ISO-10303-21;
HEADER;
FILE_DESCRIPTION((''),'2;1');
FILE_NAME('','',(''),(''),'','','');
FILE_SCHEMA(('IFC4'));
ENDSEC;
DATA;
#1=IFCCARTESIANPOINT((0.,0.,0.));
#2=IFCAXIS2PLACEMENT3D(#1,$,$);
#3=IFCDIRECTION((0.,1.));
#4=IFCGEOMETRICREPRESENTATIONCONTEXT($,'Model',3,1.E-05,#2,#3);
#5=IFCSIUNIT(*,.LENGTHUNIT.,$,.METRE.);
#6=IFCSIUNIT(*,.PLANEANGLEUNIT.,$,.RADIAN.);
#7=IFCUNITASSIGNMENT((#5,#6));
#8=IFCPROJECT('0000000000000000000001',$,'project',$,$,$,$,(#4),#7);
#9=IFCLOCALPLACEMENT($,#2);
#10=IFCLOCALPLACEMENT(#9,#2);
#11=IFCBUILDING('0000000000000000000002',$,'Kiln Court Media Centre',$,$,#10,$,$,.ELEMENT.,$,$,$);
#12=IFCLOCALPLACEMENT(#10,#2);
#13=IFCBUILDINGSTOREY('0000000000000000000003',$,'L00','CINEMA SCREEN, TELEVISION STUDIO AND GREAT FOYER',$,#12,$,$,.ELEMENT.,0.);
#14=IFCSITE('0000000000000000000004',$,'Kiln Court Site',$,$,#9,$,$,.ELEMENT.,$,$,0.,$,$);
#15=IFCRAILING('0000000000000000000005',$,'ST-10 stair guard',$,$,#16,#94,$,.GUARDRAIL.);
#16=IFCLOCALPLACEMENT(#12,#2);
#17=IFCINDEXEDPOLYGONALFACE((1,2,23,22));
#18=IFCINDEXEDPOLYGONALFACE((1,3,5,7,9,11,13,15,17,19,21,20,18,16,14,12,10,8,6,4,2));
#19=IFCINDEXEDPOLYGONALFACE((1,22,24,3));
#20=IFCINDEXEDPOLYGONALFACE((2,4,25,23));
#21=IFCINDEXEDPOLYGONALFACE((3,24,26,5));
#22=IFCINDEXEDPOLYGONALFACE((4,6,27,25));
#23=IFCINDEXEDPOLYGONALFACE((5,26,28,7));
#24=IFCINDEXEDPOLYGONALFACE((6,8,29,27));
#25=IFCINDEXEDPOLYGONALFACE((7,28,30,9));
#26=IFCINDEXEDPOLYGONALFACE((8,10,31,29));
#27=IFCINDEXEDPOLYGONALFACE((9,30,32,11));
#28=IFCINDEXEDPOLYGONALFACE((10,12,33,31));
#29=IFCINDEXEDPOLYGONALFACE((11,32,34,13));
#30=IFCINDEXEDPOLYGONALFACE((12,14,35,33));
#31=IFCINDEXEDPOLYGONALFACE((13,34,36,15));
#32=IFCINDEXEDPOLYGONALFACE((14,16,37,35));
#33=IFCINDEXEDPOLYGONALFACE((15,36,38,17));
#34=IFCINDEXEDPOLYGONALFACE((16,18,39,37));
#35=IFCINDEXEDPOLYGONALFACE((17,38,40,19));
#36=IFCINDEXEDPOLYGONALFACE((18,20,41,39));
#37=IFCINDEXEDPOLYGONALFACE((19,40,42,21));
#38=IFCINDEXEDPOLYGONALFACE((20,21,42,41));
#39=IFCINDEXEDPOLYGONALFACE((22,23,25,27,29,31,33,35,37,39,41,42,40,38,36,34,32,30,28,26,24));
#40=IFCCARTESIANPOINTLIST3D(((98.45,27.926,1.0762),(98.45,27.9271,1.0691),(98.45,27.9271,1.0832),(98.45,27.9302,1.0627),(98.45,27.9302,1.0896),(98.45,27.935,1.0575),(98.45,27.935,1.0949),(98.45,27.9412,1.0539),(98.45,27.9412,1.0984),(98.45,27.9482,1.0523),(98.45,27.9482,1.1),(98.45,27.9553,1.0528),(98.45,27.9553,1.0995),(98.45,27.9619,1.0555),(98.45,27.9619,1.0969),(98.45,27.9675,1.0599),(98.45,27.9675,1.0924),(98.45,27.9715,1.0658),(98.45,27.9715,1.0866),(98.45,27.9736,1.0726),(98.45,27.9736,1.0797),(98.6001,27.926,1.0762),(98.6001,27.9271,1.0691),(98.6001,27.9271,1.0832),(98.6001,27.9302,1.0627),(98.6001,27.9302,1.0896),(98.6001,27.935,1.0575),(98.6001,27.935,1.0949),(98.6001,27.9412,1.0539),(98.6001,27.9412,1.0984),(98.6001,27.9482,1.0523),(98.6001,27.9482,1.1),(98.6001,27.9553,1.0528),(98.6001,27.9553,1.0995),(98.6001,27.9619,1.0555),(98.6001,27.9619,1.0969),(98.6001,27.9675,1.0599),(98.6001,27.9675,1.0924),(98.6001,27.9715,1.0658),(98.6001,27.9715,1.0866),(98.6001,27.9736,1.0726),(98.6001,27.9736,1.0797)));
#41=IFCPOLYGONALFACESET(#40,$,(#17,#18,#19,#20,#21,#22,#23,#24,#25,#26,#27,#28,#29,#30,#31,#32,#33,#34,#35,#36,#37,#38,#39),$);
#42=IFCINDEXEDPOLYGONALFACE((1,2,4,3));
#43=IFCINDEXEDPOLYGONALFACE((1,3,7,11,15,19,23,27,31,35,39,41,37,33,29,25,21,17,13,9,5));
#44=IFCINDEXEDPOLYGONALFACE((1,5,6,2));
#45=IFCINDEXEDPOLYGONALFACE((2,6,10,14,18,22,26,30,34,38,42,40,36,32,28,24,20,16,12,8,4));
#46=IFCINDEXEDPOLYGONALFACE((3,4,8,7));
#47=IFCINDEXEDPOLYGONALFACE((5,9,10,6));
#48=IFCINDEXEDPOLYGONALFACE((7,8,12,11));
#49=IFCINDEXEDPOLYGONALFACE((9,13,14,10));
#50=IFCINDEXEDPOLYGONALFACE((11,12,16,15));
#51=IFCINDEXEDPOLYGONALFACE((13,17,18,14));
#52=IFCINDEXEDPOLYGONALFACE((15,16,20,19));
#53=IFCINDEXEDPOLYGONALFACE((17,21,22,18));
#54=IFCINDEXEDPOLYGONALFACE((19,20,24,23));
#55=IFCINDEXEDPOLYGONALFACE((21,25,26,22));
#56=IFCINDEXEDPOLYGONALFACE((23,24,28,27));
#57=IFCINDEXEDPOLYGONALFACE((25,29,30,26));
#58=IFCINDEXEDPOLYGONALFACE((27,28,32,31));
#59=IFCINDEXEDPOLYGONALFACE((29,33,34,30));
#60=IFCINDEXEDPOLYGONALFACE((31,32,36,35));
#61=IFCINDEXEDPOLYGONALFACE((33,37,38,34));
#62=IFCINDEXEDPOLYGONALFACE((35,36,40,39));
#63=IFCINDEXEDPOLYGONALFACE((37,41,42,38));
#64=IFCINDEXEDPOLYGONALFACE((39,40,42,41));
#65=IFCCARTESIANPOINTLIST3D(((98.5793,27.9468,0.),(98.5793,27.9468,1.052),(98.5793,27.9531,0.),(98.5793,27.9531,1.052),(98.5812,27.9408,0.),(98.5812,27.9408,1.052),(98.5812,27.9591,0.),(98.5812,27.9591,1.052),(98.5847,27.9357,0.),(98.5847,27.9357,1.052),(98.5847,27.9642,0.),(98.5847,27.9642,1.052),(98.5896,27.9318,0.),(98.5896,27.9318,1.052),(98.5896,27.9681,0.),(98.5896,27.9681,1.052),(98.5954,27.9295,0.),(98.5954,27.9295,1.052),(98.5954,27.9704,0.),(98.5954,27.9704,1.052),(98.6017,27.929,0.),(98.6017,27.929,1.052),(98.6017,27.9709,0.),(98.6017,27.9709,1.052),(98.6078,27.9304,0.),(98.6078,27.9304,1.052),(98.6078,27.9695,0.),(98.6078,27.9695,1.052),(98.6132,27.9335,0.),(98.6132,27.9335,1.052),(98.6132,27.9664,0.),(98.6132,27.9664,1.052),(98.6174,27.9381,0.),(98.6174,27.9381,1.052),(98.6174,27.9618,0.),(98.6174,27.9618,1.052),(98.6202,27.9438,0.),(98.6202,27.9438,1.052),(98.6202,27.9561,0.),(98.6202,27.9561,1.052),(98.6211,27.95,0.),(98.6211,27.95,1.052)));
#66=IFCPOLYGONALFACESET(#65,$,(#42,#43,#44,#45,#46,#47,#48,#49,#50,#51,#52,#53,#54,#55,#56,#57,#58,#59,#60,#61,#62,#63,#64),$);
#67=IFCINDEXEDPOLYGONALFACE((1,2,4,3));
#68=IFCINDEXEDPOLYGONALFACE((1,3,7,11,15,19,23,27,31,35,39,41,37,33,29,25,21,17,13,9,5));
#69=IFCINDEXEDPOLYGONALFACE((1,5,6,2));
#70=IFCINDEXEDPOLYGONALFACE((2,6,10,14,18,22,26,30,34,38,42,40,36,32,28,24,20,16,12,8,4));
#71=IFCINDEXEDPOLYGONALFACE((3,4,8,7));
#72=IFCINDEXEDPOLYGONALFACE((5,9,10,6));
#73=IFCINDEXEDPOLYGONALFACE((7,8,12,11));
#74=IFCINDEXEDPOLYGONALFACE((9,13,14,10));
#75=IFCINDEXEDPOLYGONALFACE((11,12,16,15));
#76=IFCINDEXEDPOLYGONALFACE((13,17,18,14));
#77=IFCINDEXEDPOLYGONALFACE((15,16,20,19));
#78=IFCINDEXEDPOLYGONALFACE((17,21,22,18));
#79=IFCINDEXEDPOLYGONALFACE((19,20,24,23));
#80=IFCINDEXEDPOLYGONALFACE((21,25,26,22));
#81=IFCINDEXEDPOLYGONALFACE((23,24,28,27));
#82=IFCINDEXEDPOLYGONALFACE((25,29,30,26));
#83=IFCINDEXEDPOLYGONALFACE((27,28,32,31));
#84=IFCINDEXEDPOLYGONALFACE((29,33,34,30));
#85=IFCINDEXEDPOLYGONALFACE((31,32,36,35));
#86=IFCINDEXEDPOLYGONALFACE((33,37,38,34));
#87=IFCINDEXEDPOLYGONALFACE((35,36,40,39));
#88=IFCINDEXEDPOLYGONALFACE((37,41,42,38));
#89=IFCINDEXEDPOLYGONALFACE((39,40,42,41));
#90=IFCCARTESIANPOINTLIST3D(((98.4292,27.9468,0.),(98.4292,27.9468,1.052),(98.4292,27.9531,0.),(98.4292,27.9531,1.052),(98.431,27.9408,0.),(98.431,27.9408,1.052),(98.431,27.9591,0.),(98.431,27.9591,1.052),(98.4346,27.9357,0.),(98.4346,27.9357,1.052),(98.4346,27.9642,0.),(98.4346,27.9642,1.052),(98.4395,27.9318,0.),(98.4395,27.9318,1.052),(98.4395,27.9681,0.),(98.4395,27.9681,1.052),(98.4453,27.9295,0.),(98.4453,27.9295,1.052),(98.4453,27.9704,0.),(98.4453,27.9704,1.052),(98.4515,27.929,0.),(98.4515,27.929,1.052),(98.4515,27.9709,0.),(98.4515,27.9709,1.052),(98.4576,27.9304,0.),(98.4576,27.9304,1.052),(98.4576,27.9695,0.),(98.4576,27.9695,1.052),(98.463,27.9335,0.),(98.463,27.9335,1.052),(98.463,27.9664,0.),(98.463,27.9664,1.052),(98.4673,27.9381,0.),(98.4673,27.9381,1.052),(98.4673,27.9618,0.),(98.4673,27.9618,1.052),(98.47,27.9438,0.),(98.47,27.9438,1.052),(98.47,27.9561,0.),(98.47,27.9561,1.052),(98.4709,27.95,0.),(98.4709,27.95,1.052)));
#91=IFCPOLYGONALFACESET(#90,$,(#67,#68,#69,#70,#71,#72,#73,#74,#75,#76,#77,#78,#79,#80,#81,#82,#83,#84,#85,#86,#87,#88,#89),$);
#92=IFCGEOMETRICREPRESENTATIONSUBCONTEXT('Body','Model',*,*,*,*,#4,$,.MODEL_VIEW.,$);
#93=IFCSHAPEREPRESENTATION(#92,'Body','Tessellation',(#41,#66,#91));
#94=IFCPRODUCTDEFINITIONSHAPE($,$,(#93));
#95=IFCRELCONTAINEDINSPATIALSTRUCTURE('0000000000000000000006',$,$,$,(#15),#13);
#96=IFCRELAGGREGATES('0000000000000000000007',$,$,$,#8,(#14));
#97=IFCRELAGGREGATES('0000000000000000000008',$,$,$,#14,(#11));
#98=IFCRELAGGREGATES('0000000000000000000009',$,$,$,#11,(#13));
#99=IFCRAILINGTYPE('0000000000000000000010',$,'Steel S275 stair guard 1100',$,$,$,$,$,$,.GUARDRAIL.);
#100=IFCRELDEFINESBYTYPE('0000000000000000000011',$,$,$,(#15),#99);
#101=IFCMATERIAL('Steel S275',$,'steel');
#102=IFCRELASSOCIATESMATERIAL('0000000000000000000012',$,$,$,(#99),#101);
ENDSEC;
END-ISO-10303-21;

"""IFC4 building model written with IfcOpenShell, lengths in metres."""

from ifc_helpers import new_model, si_unit, direction, frame, origin, origin_2d, place, context, subcontext, project, spatial, circle, extrude, material, type_object, element, save


model = new_model("IFC4")

# Units and contexts
model_context = context("Model", 3, precision=1e-05, world=origin(), true_north=direction((0.0, 1.0)))
body_context = subcontext(model_context, "Body", "Model", "MODEL_VIEW")
ifc_project = project(units=[si_unit("LENGTHUNIT", "METRE"), si_unit("PLANEANGLEUNIT", "RADIAN")], contexts=[model_context])

# Site, building, storey
site_placement = place(None, origin())
site = spatial("IfcSite", under=ifc_project, at=site_placement, Name="Kiln Court Site", CompositionType="ELEMENT", RefElevation=0.0)
building_placement = place(site_placement, origin())
building = spatial("IfcBuilding", under=site, at=building_placement, Name="Kiln Court Media Centre", CompositionType="ELEMENT")
storey_placement = place(building_placement, origin())
storey = spatial("IfcBuildingStorey", under=building, at=storey_placement, Name="L00", Description="CINEMA SCREEN, TELEVISION STUDIO AND GREAT FOYER", CompositionType="ELEMENT", Elevation=0.0)

# Railing
ifc_material_1 = material(Name="Steel S275", Category="steel")
railing_type_1 = type_object("IfcRailingType", Name="Steel S275 stair guard 1100", PredefinedType="GUARDRAIL", material=ifc_material_1)
railing_1_placement = place(storey_placement, frame((98.6001, 27.95, 0.0)))
element("IfcRailing", 1, at=railing_1_placement, inside=storey, type_object=railing_type_1, Name="ST-10 stair guard", PredefinedType="GUARDRAIL", context=body_context, shape_type="SweptSolid", body=[
    extrude(circle(Radius=0.0239, at=origin_2d()), frame((0.0, 0.0, 1.0762), z_axis=(-1.0, 0.0, 0.0), x_axis=(0.0, -1.0, 0.0)), (0.0, 0.0, 1.0), 0.1501),
    extrude(circle(Radius=0.021, at=origin_2d()), origin(), (0.0, 0.0, 1.0), 1.052),
    extrude(circle(Radius=0.021, at=origin_2d()), frame((-0.1501, 0.0, 0.0)), (0.0, 0.0, 1.0), 1.052),
])

save(model, "model.ifc")
